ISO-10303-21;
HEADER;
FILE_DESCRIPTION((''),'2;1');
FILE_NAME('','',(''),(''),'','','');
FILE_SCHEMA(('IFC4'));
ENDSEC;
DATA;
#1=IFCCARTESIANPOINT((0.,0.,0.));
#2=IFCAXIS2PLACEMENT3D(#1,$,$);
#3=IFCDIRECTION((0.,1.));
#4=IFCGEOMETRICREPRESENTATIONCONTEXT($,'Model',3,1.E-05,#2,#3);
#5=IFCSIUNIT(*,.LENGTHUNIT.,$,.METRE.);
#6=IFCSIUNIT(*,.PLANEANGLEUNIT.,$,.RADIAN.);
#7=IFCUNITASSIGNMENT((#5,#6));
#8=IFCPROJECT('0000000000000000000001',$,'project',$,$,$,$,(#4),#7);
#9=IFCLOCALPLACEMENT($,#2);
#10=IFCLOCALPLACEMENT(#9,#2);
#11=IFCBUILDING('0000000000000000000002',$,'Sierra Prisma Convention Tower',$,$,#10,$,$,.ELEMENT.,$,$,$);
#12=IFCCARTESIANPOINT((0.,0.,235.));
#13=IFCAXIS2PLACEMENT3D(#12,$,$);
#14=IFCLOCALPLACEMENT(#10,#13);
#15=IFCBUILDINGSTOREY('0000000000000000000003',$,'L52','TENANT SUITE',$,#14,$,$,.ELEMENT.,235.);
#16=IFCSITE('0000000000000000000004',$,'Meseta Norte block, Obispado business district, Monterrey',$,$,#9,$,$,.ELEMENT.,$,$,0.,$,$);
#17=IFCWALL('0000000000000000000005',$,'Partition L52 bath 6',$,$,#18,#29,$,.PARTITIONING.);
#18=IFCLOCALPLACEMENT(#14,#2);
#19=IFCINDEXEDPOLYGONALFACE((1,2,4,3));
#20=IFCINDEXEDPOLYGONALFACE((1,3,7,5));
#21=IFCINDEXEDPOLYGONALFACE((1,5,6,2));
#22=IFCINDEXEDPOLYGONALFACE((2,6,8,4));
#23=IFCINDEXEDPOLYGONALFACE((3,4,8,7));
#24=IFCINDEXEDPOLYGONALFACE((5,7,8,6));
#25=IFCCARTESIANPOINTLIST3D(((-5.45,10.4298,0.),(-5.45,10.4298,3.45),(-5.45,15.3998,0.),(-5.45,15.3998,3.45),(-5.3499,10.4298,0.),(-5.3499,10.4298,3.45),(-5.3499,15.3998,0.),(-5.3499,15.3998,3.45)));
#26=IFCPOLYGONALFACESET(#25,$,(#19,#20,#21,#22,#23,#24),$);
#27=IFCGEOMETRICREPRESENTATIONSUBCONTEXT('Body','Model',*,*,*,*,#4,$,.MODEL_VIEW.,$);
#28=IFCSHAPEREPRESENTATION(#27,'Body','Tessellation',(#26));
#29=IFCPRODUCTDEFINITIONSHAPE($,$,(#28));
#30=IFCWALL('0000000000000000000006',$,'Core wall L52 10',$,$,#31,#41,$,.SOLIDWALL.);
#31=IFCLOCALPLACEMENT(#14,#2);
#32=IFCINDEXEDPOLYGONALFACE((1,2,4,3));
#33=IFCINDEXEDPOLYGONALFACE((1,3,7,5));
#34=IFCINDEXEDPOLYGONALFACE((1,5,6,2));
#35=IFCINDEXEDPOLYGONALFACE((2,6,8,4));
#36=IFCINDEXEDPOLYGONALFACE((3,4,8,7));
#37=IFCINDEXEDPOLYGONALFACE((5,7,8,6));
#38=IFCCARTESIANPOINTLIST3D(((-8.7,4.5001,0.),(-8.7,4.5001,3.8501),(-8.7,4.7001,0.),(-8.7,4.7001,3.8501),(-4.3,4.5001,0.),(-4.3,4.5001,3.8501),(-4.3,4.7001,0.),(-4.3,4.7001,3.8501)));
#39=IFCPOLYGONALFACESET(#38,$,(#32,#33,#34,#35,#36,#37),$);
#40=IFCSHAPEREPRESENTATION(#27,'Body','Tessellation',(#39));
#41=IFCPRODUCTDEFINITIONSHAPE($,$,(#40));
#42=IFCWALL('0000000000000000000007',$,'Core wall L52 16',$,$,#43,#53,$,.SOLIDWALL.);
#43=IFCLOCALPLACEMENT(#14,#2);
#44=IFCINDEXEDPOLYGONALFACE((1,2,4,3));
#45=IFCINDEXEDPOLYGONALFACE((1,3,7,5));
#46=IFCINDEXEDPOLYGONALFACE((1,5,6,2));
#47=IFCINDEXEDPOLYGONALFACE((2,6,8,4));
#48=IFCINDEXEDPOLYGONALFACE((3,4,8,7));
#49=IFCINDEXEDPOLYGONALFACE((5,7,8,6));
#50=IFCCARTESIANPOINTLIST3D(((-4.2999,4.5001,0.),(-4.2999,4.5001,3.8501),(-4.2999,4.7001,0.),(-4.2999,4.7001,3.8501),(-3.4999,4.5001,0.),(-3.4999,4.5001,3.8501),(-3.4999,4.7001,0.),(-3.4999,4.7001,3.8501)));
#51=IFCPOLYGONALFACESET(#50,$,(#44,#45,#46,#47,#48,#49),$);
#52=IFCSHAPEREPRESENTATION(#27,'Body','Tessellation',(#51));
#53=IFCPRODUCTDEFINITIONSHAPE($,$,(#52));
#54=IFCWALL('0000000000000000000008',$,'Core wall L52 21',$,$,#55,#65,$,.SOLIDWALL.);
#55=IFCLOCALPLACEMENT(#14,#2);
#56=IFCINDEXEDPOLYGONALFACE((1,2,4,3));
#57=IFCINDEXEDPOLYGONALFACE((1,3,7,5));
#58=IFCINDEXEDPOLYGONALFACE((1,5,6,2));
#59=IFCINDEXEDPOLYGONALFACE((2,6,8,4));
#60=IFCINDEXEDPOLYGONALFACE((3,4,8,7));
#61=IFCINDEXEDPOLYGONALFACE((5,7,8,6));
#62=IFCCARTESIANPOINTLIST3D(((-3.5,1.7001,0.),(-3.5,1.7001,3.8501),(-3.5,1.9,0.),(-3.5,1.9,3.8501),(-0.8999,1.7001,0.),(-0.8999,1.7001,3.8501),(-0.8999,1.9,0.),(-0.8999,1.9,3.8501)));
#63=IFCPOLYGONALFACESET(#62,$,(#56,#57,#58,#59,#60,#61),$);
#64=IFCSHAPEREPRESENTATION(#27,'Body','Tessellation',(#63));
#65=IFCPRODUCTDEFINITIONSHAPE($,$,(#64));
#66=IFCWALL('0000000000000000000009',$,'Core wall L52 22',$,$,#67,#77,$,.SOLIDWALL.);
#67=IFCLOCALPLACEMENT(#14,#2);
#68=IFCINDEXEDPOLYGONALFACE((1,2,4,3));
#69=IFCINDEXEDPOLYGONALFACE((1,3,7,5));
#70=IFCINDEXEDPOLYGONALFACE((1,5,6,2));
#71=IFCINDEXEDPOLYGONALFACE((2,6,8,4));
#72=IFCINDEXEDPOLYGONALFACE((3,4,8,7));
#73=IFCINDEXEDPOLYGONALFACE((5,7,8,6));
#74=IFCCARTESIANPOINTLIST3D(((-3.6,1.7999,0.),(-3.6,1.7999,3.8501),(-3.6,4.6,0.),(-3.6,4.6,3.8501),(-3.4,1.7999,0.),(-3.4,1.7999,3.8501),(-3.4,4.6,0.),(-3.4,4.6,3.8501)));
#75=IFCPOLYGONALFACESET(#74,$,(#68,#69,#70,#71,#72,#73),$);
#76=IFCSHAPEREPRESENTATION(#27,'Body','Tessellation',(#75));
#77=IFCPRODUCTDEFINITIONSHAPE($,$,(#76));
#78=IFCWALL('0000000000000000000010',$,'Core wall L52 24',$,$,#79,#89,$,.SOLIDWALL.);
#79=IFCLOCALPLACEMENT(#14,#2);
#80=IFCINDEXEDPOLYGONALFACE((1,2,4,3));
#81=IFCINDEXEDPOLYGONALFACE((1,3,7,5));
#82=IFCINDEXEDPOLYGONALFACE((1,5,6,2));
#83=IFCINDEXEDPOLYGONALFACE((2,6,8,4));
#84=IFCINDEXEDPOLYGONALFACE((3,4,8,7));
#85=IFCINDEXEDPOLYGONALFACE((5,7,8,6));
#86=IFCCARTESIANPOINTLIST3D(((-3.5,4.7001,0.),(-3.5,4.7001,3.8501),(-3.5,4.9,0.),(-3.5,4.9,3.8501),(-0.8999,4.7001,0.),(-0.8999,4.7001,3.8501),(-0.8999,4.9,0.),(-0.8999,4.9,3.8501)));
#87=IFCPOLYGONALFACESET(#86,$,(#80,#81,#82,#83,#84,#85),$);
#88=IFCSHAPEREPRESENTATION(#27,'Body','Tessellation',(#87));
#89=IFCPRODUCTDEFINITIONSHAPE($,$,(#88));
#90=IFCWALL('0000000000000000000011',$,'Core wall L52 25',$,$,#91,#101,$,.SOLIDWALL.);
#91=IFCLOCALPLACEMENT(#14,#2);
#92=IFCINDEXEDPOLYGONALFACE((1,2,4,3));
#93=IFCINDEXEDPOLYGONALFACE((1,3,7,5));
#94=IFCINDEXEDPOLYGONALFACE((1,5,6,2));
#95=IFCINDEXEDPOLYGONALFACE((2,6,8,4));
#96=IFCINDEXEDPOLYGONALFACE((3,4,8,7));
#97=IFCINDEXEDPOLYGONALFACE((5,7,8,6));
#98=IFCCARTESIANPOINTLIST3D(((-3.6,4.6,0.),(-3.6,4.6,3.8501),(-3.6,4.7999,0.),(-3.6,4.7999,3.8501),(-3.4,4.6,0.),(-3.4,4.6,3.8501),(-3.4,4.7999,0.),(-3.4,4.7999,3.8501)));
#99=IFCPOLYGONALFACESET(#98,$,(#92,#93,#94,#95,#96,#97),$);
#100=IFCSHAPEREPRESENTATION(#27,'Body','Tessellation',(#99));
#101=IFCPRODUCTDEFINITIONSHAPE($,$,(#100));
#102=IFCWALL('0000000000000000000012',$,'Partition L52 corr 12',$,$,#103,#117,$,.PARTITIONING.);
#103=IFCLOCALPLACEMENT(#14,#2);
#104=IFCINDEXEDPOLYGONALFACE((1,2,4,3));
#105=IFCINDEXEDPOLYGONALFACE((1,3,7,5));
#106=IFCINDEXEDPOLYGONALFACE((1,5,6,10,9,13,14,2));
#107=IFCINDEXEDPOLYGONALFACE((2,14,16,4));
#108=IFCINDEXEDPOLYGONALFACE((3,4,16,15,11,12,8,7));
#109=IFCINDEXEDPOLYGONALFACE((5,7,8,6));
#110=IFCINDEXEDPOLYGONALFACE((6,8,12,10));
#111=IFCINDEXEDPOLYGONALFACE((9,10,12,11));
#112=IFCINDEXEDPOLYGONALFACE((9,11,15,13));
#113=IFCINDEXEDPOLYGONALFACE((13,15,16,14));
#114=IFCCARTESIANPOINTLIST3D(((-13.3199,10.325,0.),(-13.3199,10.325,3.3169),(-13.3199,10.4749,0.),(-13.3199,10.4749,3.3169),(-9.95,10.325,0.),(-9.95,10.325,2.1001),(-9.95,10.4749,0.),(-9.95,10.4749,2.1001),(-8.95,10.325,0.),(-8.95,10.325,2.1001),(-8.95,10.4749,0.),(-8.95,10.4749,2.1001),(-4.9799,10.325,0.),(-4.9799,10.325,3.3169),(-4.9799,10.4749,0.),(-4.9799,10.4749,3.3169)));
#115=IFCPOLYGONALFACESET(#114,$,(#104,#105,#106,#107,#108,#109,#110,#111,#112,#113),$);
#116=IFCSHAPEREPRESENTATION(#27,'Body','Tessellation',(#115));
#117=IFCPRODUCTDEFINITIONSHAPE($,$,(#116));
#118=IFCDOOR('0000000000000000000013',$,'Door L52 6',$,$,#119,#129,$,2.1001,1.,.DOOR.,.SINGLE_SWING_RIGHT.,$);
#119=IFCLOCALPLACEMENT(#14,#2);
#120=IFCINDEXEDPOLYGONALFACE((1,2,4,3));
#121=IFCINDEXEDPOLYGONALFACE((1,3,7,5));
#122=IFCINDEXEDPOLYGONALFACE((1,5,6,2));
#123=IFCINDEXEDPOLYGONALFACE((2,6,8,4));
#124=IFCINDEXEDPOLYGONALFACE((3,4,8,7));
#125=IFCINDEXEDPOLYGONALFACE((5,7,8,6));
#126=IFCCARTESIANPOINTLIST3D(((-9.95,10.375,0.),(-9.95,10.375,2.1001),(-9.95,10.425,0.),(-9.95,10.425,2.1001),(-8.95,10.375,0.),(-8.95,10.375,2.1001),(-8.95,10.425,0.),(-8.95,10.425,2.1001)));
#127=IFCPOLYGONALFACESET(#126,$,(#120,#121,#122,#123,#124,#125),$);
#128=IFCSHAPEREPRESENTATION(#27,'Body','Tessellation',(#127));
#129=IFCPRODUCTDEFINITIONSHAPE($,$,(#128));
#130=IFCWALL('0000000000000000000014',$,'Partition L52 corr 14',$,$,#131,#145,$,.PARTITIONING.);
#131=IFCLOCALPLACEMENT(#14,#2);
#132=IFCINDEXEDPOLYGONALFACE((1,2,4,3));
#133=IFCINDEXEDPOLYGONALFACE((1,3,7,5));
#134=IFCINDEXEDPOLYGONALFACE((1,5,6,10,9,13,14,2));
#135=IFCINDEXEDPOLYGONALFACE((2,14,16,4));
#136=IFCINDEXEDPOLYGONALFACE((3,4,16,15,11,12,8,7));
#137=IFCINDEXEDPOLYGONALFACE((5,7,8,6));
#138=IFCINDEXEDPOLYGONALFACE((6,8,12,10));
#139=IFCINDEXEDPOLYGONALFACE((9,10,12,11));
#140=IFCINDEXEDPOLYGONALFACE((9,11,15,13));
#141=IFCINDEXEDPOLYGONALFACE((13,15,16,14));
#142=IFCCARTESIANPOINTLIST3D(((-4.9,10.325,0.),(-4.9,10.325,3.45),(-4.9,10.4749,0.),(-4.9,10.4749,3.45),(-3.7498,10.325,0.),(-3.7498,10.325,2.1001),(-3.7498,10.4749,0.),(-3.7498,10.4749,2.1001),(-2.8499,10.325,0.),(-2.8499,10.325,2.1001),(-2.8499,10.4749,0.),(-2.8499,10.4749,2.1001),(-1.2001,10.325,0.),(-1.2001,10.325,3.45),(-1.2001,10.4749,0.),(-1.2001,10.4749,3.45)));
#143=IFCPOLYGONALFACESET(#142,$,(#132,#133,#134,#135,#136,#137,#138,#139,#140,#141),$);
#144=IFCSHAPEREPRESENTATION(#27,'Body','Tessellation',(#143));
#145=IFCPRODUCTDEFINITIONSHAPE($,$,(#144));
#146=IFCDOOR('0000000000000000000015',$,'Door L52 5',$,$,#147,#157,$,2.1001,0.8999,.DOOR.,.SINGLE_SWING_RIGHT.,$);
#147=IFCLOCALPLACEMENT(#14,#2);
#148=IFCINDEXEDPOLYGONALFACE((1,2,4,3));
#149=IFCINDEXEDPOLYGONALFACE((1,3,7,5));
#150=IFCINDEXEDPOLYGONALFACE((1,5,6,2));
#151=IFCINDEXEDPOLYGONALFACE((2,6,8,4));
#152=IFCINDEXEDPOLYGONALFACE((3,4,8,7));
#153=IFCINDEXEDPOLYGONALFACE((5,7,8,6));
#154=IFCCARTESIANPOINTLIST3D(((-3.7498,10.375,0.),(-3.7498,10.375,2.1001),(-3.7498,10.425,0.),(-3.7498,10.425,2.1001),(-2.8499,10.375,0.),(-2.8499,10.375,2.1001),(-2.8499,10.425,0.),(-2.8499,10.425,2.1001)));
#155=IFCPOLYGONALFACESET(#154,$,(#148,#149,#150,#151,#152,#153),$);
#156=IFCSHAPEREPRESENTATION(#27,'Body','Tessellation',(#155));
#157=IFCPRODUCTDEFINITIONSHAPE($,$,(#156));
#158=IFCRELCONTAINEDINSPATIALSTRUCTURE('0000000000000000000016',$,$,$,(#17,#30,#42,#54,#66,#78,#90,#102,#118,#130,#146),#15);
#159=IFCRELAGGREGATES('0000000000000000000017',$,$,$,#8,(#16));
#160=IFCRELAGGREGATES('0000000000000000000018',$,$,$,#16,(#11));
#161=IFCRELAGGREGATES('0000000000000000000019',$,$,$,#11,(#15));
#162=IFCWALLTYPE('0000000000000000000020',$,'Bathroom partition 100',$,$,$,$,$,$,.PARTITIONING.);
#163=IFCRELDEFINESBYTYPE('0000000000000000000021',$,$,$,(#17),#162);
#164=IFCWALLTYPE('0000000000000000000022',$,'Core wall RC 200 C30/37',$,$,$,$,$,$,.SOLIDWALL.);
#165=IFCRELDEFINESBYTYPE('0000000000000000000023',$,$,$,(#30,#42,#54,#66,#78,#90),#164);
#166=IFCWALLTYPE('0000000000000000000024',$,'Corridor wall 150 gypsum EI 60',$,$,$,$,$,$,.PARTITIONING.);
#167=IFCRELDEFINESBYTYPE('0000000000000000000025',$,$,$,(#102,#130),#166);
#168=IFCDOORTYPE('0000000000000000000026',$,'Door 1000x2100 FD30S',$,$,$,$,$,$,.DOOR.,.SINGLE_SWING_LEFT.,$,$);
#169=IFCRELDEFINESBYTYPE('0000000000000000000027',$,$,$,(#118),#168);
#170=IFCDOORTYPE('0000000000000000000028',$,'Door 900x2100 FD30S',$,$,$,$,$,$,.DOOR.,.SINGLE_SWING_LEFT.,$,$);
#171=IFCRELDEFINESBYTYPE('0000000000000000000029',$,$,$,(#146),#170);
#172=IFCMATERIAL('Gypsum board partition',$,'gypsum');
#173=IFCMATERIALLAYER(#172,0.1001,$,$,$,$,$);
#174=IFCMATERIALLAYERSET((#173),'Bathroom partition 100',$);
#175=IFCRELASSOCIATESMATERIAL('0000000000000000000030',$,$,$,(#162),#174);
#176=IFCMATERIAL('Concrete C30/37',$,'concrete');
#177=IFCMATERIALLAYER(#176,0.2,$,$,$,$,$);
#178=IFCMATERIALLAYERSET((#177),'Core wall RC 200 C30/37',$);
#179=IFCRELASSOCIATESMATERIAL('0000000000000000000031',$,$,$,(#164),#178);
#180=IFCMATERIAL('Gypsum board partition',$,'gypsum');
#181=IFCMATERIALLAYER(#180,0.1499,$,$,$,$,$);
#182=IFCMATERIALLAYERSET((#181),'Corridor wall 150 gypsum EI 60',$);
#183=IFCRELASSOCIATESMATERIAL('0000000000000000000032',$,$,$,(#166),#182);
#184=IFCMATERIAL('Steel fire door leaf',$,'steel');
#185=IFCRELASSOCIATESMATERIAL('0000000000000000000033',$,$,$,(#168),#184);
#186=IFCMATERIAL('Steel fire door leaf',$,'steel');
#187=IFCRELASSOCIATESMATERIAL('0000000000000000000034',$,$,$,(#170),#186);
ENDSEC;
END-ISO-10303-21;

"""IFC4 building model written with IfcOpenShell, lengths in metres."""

from ifc_helpers import new_model, si_unit, direction, frame, frame_2d, origin, place, context, subcontext, project, spatial, rectangle, extrude, material, layer, layer_set, type_object, element, fill, save


model = new_model("IFC4")

# Units and contexts
model_context = context("Model", 3, precision=1e-05, world=origin(), true_north=direction((0.0, 1.0)))
body_context = subcontext(model_context, "Body", "Model", "MODEL_VIEW")
ifc_project = project(units=[si_unit("LENGTHUNIT", "METRE"), si_unit("PLANEANGLEUNIT", "RADIAN")], contexts=[model_context])

# Site, building, storey
site_placement = place(None, origin())
site = spatial("IfcSite", under=ifc_project, at=site_placement, Name="Meseta Norte block, Obispado business district, Monterrey", CompositionType="ELEMENT", RefElevation=0.0)
building_placement = place(site_placement, origin())
building = spatial("IfcBuilding", under=site, at=building_placement, Name="Sierra Prisma Convention Tower", CompositionType="ELEMENT")
storey_placement = place(building_placement, frame((0.0, 0.0, 235.0)))
storey = spatial("IfcBuildingStorey", under=building, at=storey_placement, Name="L52", Description="TENANT SUITE", CompositionType="ELEMENT", Elevation=235.0)

# Walls
ifc_material_1 = material(Name="Gypsum board partition", Category="gypsum")
ifc_layer_1 = layer(ifc_material_1, 0.1001)
ifc_layer_set_1 = layer_set([ifc_layer_1], Name="Bathroom partition 100")
wall_type_1 = type_object("IfcWallType", Name="Bathroom partition 100", PredefinedType="PARTITIONING", material=ifc_layer_set_1)
wall_1_placement = place(storey_placement, frame((-5.3999, 10.4299, 0.0), z_axis=(0.0, 0.0, 1.0), x_axis=(0.0, 1.0, 0.0)))
element("IfcWall", 1, at=wall_1_placement, inside=storey, type_object=wall_type_1, Name="Partition L52 bath 6", PredefinedType="PARTITIONING", context=body_context, shape_type="SweptSolid", body=[
    extrude(rectangle(XDim=4.97, YDim=0.1001, at=frame_2d((2.4849, 0.0))), origin(), (0.0, 0.0, 1.0), 3.45),
])
ifc_material_2 = material(Name="Concrete C30/37", Category="concrete")
ifc_layer_2 = layer(ifc_material_2, 0.2)
ifc_layer_set_2 = layer_set([ifc_layer_2], Name="Core wall RC 200 C30/37")
wall_type_2 = type_object("IfcWallType", Name="Core wall RC 200 C30/37", PredefinedType="SOLIDWALL", material=ifc_layer_set_2)
wall_2_placement = place(storey_placement, frame((-4.3, 4.6001, 0.0), z_axis=(0.0, 0.0, 1.0), x_axis=(-1.0, 0.0, 0.0)))
element("IfcWall", 2, at=wall_2_placement, inside=storey, type_object=wall_type_2, Name="Core wall L52 10", PredefinedType="SOLIDWALL", context=body_context, shape_type="SweptSolid", body=[
    extrude(rectangle(XDim=4.3999, YDim=0.2, at=frame_2d((2.2, 0.0))), origin(), (0.0, 0.0, 1.0), 3.8501),
])

# Wall
wall_3_placement = place(storey_placement, frame((-3.5, 4.6001, 0.0), z_axis=(0.0, 0.0, 1.0), x_axis=(-1.0, 0.0, 0.0)))
element("IfcWall", 3, at=wall_3_placement, inside=storey, type_object=wall_type_2, Name="Core wall L52 16", PredefinedType="SOLIDWALL", context=body_context, shape_type="SweptSolid", body=[
    extrude(rectangle(XDim=0.8, YDim=0.2, at=frame_2d((0.3999, 0.0))), origin(), (0.0, 0.0, 1.0), 3.8501),
])

# Walls
wall_4_placement = place(storey_placement, frame((-0.8999, 1.8, 0.0), z_axis=(0.0, 0.0, 1.0), x_axis=(-1.0, 0.0, 0.0)))
element("IfcWall", 4, at=wall_4_placement, inside=storey, type_object=wall_type_2, Name="Core wall L52 21", PredefinedType="SOLIDWALL", context=body_context, shape_type="SweptSolid", body=[
    extrude(rectangle(XDim=2.6001, YDim=0.2, at=frame_2d((1.3, 0.0))), origin(), (0.0, 0.0, 1.0), 3.8501),
])
wall_5_placement = place(storey_placement, frame((-3.5, 1.8, 0.0), z_axis=(0.0, 0.0, 1.0), x_axis=(0.0, 1.0, 0.0)))
element("IfcWall", 5, at=wall_5_placement, inside=storey, type_object=wall_type_2, Name="Core wall L52 22", PredefinedType="SOLIDWALL", context=body_context, shape_type="SweptSolid", body=[
    extrude(rectangle(XDim=2.8, YDim=0.2, at=frame_2d((1.3999, 0.0))), origin(), (0.0, 0.0, 1.0), 3.8501),
])

# Walls
wall_6_placement = place(storey_placement, frame((-0.8999, 4.8, 0.0), z_axis=(0.0, 0.0, 1.0), x_axis=(-1.0, 0.0, 0.0)))
element("IfcWall", 6, at=wall_6_placement, inside=storey, type_object=wall_type_2, Name="Core wall L52 24", PredefinedType="SOLIDWALL", context=body_context, shape_type="SweptSolid", body=[
    extrude(rectangle(XDim=2.6001, YDim=0.2, at=frame_2d((1.3, 0.0))), origin(), (0.0, 0.0, 1.0), 3.8501),
])
wall_7_placement = place(storey_placement, frame((-3.5, 4.8, 0.0), z_axis=(0.0, 0.0, 1.0), x_axis=(0.0, -1.0, 0.0)))
element("IfcWall", 7, at=wall_7_placement, inside=storey, type_object=wall_type_2, Name="Core wall L52 25", PredefinedType="SOLIDWALL", context=body_context, shape_type="SweptSolid", body=[
    extrude(rectangle(XDim=0.2, YDim=0.2, at=frame_2d((0.1001, 0.0))), origin(), (0.0, 0.0, 1.0), 3.8501),
])

# Walls, openings, doors
ifc_material_3 = material(Name="Gypsum board partition", Category="gypsum")
ifc_layer_3 = layer(ifc_material_3, 0.1499)
ifc_layer_set_3 = layer_set([ifc_layer_3], Name="Corridor wall 150 gypsum EI 60")
wall_type_3 = type_object("IfcWallType", Name="Corridor wall 150 gypsum EI 60", PredefinedType="PARTITIONING", material=ifc_layer_set_3)
wall_8_placement = place(storey_placement, frame((-4.98, 10.3999, 0.0), z_axis=(0.0, 0.0, 1.0), x_axis=(-1.0, 0.0, 0.0)))
wall_8 = element("IfcWall", 8, at=wall_8_placement, inside=storey, type_object=wall_type_3, Name="Partition L52 corr 12", PredefinedType="PARTITIONING", context=body_context, shape_type="SweptSolid", body=[
    extrude(rectangle(XDim=8.3401, YDim=0.1499, at=frame_2d((4.1699, 0.0))), origin(), (0.0, 0.0, 1.0), 3.3169),
])
opening_1_placement = place(wall_8_placement, frame((3.97, 0.0, 0.0)))
opening_1 = element("IfcOpeningElement", 9, at=opening_1_placement, cuts=wall_8, PredefinedType="OPENING", context=body_context, shape_type="SweptSolid", body=[
    extrude(rectangle(XDim=1.0, YDim=2.1001, at=frame_2d((0.5, 1.05))), frame((0.0, 0.075, 0.0), z_axis=(0.0, -1.0, 0.0), x_axis=(1.0, 0.0, 0.0)), (0.0, 0.0, 1.0), 0.1499),
])
ifc_material_4 = material(Name="Steel fire door leaf", Category="steel")
door_type_1 = type_object("IfcDoorType", Name="Door 1000x2100 FD30S", OperationType="SINGLE_SWING_LEFT", PredefinedType="DOOR", material=ifc_material_4)
door_1_placement = place(opening_1_placement, origin())
door_1 = element("IfcDoor", 10, at=door_1_placement, inside=storey, type_object=door_type_1, Name="Door L52 6", OperationType="SINGLE_SWING_RIGHT", OverallHeight=2.1001, OverallWidth=1.0, PredefinedType="DOOR", context=body_context, shape_type="SweptSolid", body=[
    extrude(rectangle(XDim=1.0, YDim=2.1001, at=frame_2d((0.5, 1.05))), frame((0.0, 0.0249, 0.0), z_axis=(0.0, -1.0, 0.0), x_axis=(1.0, 0.0, 0.0)), (0.0, 0.0, 1.0), 0.05),
])
fill(opening_1, door_1)
wall_9_placement = place(storey_placement, frame((-1.2, 10.3999, 0.0), z_axis=(0.0, 0.0, 1.0), x_axis=(-1.0, 0.0, 0.0)))
wall_9 = element("IfcWall", 11, at=wall_9_placement, inside=storey, type_object=wall_type_3, Name="Partition L52 corr 14", PredefinedType="PARTITIONING", context=body_context, shape_type="SweptSolid", body=[
    extrude(rectangle(XDim=3.7, YDim=0.1499, at=frame_2d((1.8501, 0.0))), origin(), (0.0, 0.0, 1.0), 3.45),
])
opening_2_placement = place(wall_9_placement, frame((1.6499, 0.0, 0.0)))
opening_2 = element("IfcOpeningElement", 12, at=opening_2_placement, cuts=wall_9, PredefinedType="OPENING", context=body_context, shape_type="SweptSolid", body=[
    extrude(rectangle(XDim=0.8999, YDim=2.1001, at=frame_2d((0.45, 1.05))), frame((0.0, 0.075, 0.0), z_axis=(0.0, -1.0, 0.0), x_axis=(1.0, 0.0, 0.0)), (0.0, 0.0, 1.0), 0.1499),
])
ifc_material_5 = material(Name="Steel fire door leaf", Category="steel")
door_type_2 = type_object("IfcDoorType", Name="Door 900x2100 FD30S", OperationType="SINGLE_SWING_LEFT", PredefinedType="DOOR", material=ifc_material_5)
door_2_placement = place(opening_2_placement, origin())
door_2 = element("IfcDoor", 13, at=door_2_placement, inside=storey, type_object=door_type_2, Name="Door L52 5", OperationType="SINGLE_SWING_RIGHT", OverallHeight=2.1001, OverallWidth=0.8999, PredefinedType="DOOR", context=body_context, shape_type="SweptSolid", body=[
    extrude(rectangle(XDim=0.8999, YDim=2.1001, at=frame_2d((0.45, 1.05))), frame((0.0, 0.0249, 0.0), z_axis=(0.0, -1.0, 0.0), x_axis=(1.0, 0.0, 0.0)), (0.0, 0.0, 1.0), 0.05),
])
fill(opening_2, door_2)

save(model, "model.ifc")
